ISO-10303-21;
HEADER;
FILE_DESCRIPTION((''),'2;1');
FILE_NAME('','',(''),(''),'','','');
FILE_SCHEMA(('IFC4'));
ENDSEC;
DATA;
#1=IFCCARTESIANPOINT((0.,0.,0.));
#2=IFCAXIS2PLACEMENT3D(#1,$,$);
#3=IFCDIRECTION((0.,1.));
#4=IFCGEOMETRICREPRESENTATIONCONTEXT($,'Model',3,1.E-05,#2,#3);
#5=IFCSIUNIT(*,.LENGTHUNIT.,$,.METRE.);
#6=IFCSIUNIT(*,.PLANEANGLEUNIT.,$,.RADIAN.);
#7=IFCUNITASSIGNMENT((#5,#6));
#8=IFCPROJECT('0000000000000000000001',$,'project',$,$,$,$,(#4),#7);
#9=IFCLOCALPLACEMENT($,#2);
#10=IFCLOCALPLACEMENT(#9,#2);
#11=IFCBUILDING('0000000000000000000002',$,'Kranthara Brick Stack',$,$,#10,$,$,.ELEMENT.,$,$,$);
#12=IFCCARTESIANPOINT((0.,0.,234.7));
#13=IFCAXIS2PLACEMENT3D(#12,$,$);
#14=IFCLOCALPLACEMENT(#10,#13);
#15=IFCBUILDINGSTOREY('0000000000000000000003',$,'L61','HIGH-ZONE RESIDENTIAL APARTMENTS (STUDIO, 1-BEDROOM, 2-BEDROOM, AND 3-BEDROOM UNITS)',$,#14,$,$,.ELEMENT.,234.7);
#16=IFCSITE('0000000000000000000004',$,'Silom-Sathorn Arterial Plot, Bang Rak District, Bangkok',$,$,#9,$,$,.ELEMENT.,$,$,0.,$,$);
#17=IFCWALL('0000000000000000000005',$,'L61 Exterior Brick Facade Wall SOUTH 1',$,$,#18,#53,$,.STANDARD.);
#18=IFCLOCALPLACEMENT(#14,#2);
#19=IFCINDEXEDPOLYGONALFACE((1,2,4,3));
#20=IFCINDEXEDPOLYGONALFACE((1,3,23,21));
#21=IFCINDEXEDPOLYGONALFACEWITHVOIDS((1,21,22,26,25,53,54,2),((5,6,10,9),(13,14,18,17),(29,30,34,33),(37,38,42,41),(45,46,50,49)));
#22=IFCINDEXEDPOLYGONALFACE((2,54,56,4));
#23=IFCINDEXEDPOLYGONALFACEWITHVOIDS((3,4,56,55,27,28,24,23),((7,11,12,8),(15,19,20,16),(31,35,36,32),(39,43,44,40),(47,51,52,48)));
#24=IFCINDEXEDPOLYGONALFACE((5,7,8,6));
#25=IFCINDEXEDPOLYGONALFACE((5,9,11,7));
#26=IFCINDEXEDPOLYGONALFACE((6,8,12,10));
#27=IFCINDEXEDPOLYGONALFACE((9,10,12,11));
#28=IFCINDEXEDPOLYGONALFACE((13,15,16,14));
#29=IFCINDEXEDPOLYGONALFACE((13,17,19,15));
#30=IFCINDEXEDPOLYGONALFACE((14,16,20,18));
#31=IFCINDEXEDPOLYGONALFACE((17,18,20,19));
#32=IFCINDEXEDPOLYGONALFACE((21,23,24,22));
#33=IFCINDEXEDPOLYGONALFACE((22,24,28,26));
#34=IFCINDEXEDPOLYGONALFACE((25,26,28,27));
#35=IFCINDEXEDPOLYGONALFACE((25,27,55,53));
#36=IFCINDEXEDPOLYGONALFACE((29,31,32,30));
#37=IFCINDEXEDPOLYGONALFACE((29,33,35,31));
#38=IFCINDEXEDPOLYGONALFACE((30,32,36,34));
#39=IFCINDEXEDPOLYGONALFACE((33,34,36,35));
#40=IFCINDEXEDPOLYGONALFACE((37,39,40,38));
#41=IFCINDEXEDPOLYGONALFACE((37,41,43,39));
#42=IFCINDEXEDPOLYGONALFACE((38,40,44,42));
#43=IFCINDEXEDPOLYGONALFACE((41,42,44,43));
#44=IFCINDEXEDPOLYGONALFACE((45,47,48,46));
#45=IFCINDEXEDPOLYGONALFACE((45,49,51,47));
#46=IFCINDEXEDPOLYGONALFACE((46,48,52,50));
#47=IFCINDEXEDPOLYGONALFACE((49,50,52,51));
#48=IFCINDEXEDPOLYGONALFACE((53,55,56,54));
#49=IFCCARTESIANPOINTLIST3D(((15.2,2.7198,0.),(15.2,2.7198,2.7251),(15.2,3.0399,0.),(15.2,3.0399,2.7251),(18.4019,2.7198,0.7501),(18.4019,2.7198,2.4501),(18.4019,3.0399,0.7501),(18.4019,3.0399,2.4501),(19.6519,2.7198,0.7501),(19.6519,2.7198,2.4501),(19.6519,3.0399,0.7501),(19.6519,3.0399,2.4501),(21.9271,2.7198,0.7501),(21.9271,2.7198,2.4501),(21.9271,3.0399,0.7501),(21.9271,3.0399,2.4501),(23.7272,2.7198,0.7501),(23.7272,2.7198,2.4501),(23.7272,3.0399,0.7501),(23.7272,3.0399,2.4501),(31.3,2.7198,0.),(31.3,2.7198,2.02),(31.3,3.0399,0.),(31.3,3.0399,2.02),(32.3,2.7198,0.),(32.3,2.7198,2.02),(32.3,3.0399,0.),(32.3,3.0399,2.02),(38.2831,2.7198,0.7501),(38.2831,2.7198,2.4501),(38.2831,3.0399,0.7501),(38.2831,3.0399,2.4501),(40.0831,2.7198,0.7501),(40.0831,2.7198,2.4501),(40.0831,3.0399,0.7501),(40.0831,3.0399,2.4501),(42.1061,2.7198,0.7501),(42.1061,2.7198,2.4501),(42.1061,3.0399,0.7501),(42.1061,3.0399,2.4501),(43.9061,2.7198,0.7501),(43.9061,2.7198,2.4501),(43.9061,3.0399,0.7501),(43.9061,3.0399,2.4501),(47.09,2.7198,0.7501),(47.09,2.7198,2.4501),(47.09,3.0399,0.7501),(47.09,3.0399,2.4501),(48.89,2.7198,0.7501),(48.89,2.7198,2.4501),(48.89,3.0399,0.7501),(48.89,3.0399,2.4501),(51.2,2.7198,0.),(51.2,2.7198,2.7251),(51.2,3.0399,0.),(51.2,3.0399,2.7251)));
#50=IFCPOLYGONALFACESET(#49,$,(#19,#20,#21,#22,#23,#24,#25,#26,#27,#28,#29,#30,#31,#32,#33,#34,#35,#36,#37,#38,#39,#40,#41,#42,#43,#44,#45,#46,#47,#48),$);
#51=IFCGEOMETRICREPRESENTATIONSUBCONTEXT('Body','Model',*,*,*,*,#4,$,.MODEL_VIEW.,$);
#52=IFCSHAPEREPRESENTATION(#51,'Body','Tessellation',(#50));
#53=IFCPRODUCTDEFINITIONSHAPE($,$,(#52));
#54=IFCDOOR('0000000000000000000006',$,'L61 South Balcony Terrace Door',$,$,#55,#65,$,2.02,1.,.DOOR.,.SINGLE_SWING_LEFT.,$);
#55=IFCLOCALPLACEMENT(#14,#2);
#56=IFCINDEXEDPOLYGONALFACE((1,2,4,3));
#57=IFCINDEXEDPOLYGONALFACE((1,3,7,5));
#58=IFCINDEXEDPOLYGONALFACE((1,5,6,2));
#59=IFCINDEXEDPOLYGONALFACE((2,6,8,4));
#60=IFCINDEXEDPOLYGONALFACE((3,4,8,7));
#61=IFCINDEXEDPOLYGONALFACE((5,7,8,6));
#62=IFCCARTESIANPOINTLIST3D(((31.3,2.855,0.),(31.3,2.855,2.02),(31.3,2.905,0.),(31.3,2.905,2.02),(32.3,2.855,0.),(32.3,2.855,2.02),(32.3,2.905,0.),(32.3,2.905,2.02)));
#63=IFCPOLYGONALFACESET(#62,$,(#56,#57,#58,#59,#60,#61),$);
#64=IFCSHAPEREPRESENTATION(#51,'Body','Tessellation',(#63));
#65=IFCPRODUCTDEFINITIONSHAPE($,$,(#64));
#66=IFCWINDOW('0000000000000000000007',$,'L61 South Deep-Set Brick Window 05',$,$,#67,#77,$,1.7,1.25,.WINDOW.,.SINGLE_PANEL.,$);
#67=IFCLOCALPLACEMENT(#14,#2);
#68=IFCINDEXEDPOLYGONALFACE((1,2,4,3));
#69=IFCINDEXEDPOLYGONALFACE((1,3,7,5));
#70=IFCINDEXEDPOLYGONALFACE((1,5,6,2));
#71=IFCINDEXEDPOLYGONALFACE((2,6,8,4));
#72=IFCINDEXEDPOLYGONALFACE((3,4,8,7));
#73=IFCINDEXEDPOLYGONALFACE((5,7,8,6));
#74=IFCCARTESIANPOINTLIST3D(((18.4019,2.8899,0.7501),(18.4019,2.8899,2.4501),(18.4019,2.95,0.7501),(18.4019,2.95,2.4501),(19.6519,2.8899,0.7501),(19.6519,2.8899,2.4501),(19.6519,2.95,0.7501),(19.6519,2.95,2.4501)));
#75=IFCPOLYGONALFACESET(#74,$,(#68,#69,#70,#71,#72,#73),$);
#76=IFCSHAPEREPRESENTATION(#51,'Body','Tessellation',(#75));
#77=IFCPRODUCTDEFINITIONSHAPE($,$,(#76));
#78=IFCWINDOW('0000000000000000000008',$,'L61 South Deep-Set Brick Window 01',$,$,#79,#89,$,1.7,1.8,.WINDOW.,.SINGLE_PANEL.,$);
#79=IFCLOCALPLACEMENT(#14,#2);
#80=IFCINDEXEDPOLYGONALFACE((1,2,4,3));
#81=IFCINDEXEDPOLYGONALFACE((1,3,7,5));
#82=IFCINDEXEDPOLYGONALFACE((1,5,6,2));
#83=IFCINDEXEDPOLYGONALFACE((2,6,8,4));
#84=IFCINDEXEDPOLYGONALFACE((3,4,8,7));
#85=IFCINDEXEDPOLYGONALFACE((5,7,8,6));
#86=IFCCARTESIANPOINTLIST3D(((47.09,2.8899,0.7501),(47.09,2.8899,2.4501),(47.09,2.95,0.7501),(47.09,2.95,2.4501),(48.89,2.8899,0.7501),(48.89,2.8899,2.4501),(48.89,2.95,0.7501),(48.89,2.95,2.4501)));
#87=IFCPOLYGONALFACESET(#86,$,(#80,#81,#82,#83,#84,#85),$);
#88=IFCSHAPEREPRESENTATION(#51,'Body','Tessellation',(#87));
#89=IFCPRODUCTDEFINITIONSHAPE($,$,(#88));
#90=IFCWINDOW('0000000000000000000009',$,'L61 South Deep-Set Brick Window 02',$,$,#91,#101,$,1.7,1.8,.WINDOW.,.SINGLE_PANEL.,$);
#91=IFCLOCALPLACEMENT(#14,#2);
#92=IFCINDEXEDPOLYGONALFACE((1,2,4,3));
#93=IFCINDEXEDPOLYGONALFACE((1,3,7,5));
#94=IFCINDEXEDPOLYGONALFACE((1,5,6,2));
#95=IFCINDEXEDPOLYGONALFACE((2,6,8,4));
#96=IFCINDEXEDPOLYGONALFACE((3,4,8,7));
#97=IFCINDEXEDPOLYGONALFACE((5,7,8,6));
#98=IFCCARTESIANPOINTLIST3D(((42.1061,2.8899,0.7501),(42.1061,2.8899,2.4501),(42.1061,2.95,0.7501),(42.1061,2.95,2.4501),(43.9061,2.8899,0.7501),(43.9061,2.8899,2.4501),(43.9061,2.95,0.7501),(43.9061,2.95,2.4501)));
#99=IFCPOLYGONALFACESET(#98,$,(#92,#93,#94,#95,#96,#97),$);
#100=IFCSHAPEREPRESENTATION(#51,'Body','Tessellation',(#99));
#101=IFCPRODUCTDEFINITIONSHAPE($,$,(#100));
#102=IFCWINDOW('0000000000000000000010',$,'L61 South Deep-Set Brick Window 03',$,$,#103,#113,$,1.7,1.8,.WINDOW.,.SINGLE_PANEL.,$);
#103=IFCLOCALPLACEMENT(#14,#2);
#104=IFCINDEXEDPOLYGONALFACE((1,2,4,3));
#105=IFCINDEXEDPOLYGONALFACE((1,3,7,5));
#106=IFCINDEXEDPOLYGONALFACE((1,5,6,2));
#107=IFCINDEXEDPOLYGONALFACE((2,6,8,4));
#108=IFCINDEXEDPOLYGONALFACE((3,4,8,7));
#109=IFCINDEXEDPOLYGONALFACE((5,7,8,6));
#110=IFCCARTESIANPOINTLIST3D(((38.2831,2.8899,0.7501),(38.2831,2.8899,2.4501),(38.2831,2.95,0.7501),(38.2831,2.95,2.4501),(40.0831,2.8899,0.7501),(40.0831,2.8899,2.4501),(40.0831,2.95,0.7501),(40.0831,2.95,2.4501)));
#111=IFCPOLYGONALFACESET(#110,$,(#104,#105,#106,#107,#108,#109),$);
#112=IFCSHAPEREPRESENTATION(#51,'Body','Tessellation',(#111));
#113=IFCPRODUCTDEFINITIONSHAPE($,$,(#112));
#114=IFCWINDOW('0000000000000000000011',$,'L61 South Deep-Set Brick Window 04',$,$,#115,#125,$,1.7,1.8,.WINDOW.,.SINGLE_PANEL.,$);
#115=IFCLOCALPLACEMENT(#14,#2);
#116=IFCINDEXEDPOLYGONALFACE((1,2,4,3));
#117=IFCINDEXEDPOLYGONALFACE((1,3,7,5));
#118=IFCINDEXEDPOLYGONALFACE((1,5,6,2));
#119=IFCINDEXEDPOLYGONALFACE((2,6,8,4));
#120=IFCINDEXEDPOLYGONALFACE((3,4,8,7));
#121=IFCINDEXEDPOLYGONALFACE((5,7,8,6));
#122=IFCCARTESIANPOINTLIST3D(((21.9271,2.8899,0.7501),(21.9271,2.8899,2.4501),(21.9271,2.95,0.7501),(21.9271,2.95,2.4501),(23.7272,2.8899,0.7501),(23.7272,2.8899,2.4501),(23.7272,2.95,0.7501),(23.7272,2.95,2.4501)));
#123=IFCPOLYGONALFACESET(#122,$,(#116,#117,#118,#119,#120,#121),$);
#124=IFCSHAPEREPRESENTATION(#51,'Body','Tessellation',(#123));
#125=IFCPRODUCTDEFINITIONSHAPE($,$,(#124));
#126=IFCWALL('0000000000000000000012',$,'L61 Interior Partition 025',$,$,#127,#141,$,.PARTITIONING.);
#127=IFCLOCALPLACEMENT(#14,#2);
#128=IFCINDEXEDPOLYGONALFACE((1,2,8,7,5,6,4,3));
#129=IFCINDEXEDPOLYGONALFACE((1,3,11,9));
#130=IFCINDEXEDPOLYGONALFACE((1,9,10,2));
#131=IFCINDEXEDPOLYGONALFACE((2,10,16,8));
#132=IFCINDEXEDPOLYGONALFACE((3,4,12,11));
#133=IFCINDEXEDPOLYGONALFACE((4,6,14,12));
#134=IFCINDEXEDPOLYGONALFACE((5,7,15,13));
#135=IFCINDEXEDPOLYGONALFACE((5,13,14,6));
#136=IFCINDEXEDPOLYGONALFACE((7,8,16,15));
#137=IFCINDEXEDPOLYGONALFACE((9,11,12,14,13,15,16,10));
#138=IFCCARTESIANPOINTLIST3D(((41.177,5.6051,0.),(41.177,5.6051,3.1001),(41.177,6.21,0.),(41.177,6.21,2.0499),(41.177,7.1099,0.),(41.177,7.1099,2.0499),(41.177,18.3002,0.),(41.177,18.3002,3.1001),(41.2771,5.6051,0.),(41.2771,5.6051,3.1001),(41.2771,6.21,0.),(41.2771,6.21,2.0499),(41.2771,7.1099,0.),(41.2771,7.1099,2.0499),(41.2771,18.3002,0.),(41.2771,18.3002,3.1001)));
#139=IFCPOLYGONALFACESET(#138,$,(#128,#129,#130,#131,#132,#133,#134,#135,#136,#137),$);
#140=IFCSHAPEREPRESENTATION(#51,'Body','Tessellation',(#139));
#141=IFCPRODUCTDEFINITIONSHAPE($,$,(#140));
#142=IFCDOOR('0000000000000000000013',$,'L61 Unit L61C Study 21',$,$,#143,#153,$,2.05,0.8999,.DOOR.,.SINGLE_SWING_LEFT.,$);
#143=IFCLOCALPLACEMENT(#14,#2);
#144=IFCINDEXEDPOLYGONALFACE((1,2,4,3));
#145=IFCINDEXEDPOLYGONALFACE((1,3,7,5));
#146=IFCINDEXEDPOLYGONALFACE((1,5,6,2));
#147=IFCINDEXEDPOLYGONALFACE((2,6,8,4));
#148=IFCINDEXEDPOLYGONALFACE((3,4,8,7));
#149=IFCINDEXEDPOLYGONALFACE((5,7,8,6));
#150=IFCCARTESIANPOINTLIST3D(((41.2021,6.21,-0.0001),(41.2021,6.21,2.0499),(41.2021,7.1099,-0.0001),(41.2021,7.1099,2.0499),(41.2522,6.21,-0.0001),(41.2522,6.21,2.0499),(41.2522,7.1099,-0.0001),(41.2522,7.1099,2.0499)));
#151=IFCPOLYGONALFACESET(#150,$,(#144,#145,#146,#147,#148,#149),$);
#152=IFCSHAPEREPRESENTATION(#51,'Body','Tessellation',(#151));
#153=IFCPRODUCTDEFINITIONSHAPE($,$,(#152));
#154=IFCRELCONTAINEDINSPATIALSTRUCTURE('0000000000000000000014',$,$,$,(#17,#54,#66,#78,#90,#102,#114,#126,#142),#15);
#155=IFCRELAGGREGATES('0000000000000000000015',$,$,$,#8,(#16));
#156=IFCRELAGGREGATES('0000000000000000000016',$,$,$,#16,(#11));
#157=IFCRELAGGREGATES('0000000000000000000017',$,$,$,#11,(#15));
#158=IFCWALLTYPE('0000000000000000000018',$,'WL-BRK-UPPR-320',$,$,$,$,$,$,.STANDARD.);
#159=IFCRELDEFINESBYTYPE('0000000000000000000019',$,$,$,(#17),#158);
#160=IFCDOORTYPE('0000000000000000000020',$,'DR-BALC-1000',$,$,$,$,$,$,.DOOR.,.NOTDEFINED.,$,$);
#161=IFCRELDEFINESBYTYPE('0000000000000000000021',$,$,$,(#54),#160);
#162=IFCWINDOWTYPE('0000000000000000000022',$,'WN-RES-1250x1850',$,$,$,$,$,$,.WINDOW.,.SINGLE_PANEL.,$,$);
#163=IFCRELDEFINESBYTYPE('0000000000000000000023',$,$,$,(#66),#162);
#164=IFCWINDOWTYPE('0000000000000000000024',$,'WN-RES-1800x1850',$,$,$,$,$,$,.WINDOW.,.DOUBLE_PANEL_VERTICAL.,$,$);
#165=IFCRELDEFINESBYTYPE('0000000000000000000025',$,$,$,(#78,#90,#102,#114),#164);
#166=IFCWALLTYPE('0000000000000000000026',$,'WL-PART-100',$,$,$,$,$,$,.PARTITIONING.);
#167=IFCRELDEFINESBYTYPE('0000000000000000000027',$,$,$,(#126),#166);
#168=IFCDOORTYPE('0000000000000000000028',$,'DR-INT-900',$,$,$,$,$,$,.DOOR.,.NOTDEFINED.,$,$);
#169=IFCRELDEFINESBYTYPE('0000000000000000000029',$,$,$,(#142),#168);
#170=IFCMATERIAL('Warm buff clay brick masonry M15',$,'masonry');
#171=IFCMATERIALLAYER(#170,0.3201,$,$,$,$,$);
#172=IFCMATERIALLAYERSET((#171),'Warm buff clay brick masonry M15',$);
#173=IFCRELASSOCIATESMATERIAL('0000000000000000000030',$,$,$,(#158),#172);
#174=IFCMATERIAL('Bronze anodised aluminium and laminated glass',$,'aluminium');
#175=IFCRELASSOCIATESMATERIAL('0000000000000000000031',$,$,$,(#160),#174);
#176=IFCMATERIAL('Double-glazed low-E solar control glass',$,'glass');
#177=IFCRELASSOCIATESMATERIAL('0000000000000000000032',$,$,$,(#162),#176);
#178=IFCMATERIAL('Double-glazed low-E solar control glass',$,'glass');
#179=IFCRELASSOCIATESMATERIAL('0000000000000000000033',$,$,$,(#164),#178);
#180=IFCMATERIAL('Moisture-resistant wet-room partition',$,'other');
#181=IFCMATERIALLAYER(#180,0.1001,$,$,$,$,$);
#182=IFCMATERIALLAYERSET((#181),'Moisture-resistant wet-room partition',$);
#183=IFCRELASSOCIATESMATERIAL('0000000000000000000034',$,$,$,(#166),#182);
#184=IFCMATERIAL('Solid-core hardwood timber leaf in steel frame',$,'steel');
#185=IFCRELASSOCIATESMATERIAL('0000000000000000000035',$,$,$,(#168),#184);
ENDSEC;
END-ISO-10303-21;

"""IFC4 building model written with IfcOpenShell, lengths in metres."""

from ifc_helpers import new_model, si_unit, direction, frame, frame_2d, origin, place, context, subcontext, project, spatial, rectangle, extrude, material, layer, layer_set, type_object, element, fill, save


model = new_model("IFC4")

# Units and contexts
model_context = context("Model", 3, precision=1e-05, world=origin(), true_north=direction((0.0, 1.0)))
body_context = subcontext(model_context, "Body", "Model", "MODEL_VIEW")
ifc_project = project(units=[si_unit("LENGTHUNIT", "METRE"), si_unit("PLANEANGLEUNIT", "RADIAN")], contexts=[model_context])

# Site, building, storey
site_placement = place(None, origin())
site = spatial("IfcSite", under=ifc_project, at=site_placement, Name="Silom-Sathorn Arterial Plot, Bang Rak District, Bangkok", CompositionType="ELEMENT", RefElevation=0.0)
building_placement = place(site_placement, origin())
building = spatial("IfcBuilding", under=site, at=building_placement, Name="Kranthara Brick Stack", CompositionType="ELEMENT")
storey_placement = place(building_placement, frame((0.0, 0.0, 234.7)))
storey = spatial("IfcBuildingStorey", under=building, at=storey_placement, Name="L61", Description="HIGH-ZONE RESIDENTIAL APARTMENTS (STUDIO, 1-BEDROOM, 2-BEDROOM, AND 3-BEDROOM UNITS)", CompositionType="ELEMENT", Elevation=234.7)

# Wall, openings, door, windows
ifc_material_1 = material(Name="Warm buff clay brick masonry M15", Category="masonry")
ifc_layer_1 = layer(ifc_material_1, 0.3201)
ifc_layer_set_1 = layer_set([ifc_layer_1], Name="Warm buff clay brick masonry M15")
wall_type_1 = type_object("IfcWallType", Name="WL-BRK-UPPR-320", PredefinedType="STANDARD", material=ifc_layer_set_1)
wall_1_placement = place(storey_placement, frame((51.2, 2.8799, 0.0), z_axis=(0.0, 0.0, 1.0), x_axis=(-1.0, 0.0, 0.0)))
wall_1 = element("IfcWall", 1, at=wall_1_placement, inside=storey, type_object=wall_type_1, Name="L61 Exterior Brick Facade Wall SOUTH 1", PredefinedType="STANDARD", context=body_context, shape_type="SweptSolid", body=[
    extrude(rectangle(XDim=36.0, YDim=0.3201, at=frame_2d((18.0, 0.0))), origin(), (0.0, 0.0, 1.0), 2.7251),
])
opening_1_placement = place(wall_1_placement, frame((18.8999, 0.0, 0.0)))
opening_1 = element("IfcOpeningElement", 2, at=opening_1_placement, cuts=wall_1, PredefinedType="OPENING", context=body_context, shape_type="SweptSolid", body=[
    extrude(rectangle(XDim=1.0, YDim=2.02, at=frame_2d((0.5, 1.01))), frame((0.0, 0.1699, 0.0), z_axis=(0.0, -1.0, 0.0), x_axis=(1.0, 0.0, 0.0)), (0.0, 0.0, 1.0), 0.3401),
])
opening_2_placement = place(wall_1_placement, frame((2.3101, 0.0, 0.75)))
opening_2 = element("IfcOpeningElement", 3, at=opening_2_placement, cuts=wall_1, PredefinedType="OPENING", context=body_context, shape_type="SweptSolid", body=[
    extrude(rectangle(XDim=1.8, YDim=1.7, at=frame_2d((0.8999, 0.8501))), frame((0.0, 0.1699, 0.0), z_axis=(0.0, -1.0, 0.0), x_axis=(1.0, 0.0, 0.0)), (0.0, 0.0, 1.0), 0.3401),
])
opening_3_placement = place(wall_1_placement, frame((7.2939, 0.0, 0.75)))
opening_3 = element("IfcOpeningElement", 4, at=opening_3_placement, cuts=wall_1, PredefinedType="OPENING", context=body_context, shape_type="SweptSolid", body=[
    extrude(rectangle(XDim=1.8, YDim=1.7, at=frame_2d((0.8999, 0.8501))), frame((0.0, 0.1699, 0.0), z_axis=(0.0, -1.0, 0.0), x_axis=(1.0, 0.0, 0.0)), (0.0, 0.0, 1.0), 0.3401),
])
opening_4_placement = place(wall_1_placement, frame((11.1169, 0.0, 0.75)))
opening_4 = element("IfcOpeningElement", 5, at=opening_4_placement, cuts=wall_1, PredefinedType="OPENING", context=body_context, shape_type="SweptSolid", body=[
    extrude(rectangle(XDim=1.8, YDim=1.7, at=frame_2d((0.8999, 0.8501))), frame((0.0, 0.1699, 0.0), z_axis=(0.0, -1.0, 0.0), x_axis=(1.0, 0.0, 0.0)), (0.0, 0.0, 1.0), 0.3401),
])
opening_5_placement = place(wall_1_placement, frame((27.4729, 0.0, 0.75)))
opening_5 = element("IfcOpeningElement", 6, at=opening_5_placement, cuts=wall_1, PredefinedType="OPENING", context=body_context, shape_type="SweptSolid", body=[
    extrude(rectangle(XDim=1.8, YDim=1.7, at=frame_2d((0.8999, 0.8501))), frame((0.0, 0.1699, 0.0), z_axis=(0.0, -1.0, 0.0), x_axis=(1.0, 0.0, 0.0)), (0.0, 0.0, 1.0), 0.3401),
])
opening_6_placement = place(wall_1_placement, frame((31.5481, 0.0, 0.75)))
opening_6 = element("IfcOpeningElement", 7, at=opening_6_placement, cuts=wall_1, PredefinedType="OPENING", context=body_context, shape_type="SweptSolid", body=[
    extrude(rectangle(XDim=1.25, YDim=1.7, at=frame_2d((0.625, 0.8501))), frame((0.0, 0.1699, 0.0), z_axis=(0.0, -1.0, 0.0), x_axis=(1.0, 0.0, 0.0)), (0.0, 0.0, 1.0), 0.3401),
])
ifc_material_2 = material(Name="Bronze anodised aluminium and laminated glass", Category="aluminium")
door_type_1 = type_object("IfcDoorType", Name="DR-BALC-1000", OperationType="NOTDEFINED", PredefinedType="DOOR", material=ifc_material_2)
door_1_placement = place(opening_1_placement, origin())
door_1 = element("IfcDoor", 8, at=door_1_placement, inside=storey, type_object=door_type_1, Name="L61 South Balcony Terrace Door", OperationType="SINGLE_SWING_LEFT", OverallHeight=2.02, OverallWidth=1.0, PredefinedType="DOOR", context=body_context, shape_type="SweptSolid", body=[
    extrude(rectangle(XDim=1.0, YDim=2.02, at=frame_2d((0.5, 1.01))), frame((0.0, 0.0249, 0.0), z_axis=(0.0, -1.0, 0.0), x_axis=(1.0, 0.0, 0.0)), (0.0, 0.0, 1.0), 0.05),
])
fill(opening_1, door_1)
ifc_material_3 = material(Name="Double-glazed low-E solar control glass", Category="glass")
window_type_1 = type_object("IfcWindowType", Name="WN-RES-1250x1850", PartitioningType="SINGLE_PANEL", PredefinedType="WINDOW", material=ifc_material_3)
window_1_placement = place(opening_6_placement, origin())
window_1 = element("IfcWindow", 9, at=window_1_placement, inside=storey, type_object=window_type_1, Name="L61 South Deep-Set Brick Window 05", OverallHeight=1.7, OverallWidth=1.25, PartitioningType="SINGLE_PANEL", PredefinedType="WINDOW", context=body_context, shape_type="SweptSolid", body=[
    extrude(rectangle(XDim=1.25, YDim=1.7, at=frame_2d((0.625, 0.8501))), frame((0.0, -0.01, 0.0), z_axis=(0.0, -1.0, 0.0), x_axis=(1.0, 0.0, 0.0)), (0.0, 0.0, 1.0), 0.0601),
])
fill(opening_6, window_1)
ifc_material_4 = material(Name="Double-glazed low-E solar control glass", Category="glass")
window_type_2 = type_object("IfcWindowType", Name="WN-RES-1800x1850", PartitioningType="DOUBLE_PANEL_VERTICAL", PredefinedType="WINDOW", material=ifc_material_4)
window_2_placement = place(opening_2_placement, origin())
window_2 = element("IfcWindow", 10, at=window_2_placement, inside=storey, type_object=window_type_2, Name="L61 South Deep-Set Brick Window 01", OverallHeight=1.7, OverallWidth=1.8, PartitioningType="SINGLE_PANEL", PredefinedType="WINDOW", context=body_context, shape_type="SweptSolid", body=[
    extrude(rectangle(XDim=1.8, YDim=1.7, at=frame_2d((0.8999, 0.8501))), frame((0.0, -0.01, 0.0), z_axis=(0.0, -1.0, 0.0), x_axis=(1.0, 0.0, 0.0)), (0.0, 0.0, 1.0), 0.0601),
])
fill(opening_2, window_2)
window_3_placement = place(opening_3_placement, origin())
window_3 = element("IfcWindow", 11, at=window_3_placement, inside=storey, type_object=window_type_2, Name="L61 South Deep-Set Brick Window 02", OverallHeight=1.7, OverallWidth=1.8, PartitioningType="SINGLE_PANEL", PredefinedType="WINDOW", context=body_context, shape_type="SweptSolid", body=[
    extrude(rectangle(XDim=1.8, YDim=1.7, at=frame_2d((0.8999, 0.8501))), frame((0.0, -0.01, 0.0), z_axis=(0.0, -1.0, 0.0), x_axis=(1.0, 0.0, 0.0)), (0.0, 0.0, 1.0), 0.0601),
])
fill(opening_3, window_3)
window_4_placement = place(opening_4_placement, origin())
window_4 = element("IfcWindow", 12, at=window_4_placement, inside=storey, type_object=window_type_2, Name="L61 South Deep-Set Brick Window 03", OverallHeight=1.7, OverallWidth=1.8, PartitioningType="SINGLE_PANEL", PredefinedType="WINDOW", context=body_context, shape_type="SweptSolid", body=[
    extrude(rectangle(XDim=1.8, YDim=1.7, at=frame_2d((0.8999, 0.8501))), frame((0.0, -0.01, 0.0), z_axis=(0.0, -1.0, 0.0), x_axis=(1.0, 0.0, 0.0)), (0.0, 0.0, 1.0), 0.0601),
])
fill(opening_4, window_4)
window_5_placement = place(opening_5_placement, origin())
window_5 = element("IfcWindow", 13, at=window_5_placement, inside=storey, type_object=window_type_2, Name="L61 South Deep-Set Brick Window 04", OverallHeight=1.7, OverallWidth=1.8, PartitioningType="SINGLE_PANEL", PredefinedType="WINDOW", context=body_context, shape_type="SweptSolid", body=[
    extrude(rectangle(XDim=1.8, YDim=1.7, at=frame_2d((0.8999, 0.8501))), frame((0.0, -0.01, 0.0), z_axis=(0.0, -1.0, 0.0), x_axis=(1.0, 0.0, 0.0)), (0.0, 0.0, 1.0), 0.0601),
])
fill(opening_5, window_5)

# Wall, opening, door
ifc_material_5 = material(Name="Moisture-resistant wet-room partition", Category="other")
ifc_layer_2 = layer(ifc_material_5, 0.1001)
ifc_layer_set_2 = layer_set([ifc_layer_2], Name="Moisture-resistant wet-room partition")
wall_type_2 = type_object("IfcWallType", Name="WL-PART-100", PredefinedType="PARTITIONING", material=ifc_layer_set_2)
wall_2_placement = place(storey_placement, frame((41.2271, 5.605, 0.0), z_axis=(0.0, 0.0, 1.0), x_axis=(0.0, 1.0, 0.0)))
wall_2 = element("IfcWall", 14, at=wall_2_placement, inside=storey, type_object=wall_type_2, Name="L61 Interior Partition 025", PredefinedType="PARTITIONING", context=body_context, shape_type="SweptSolid", body=[
    extrude(rectangle(XDim=12.6951, YDim=0.1001, at=frame_2d((6.3477, 0.0))), origin(), (0.0, 0.0, 1.0), 3.1001),
])
opening_7_placement = place(wall_2_placement, frame((0.605, 0.0, 0.0)))
opening_7 = element("IfcOpeningElement", 15, at=opening_7_placement, cuts=wall_2, PredefinedType="OPENING", context=body_context, shape_type="SweptSolid", body=[
    extrude(rectangle(XDim=0.8999, YDim=2.05, at=frame_2d((0.45, 1.0249))), frame((0.0, 0.0601, 0.0), z_axis=(0.0, -1.0, 0.0), x_axis=(1.0, 0.0, 0.0)), (0.0, 0.0, 1.0), 0.1201),
])
ifc_material_6 = material(Name="Solid-core hardwood timber leaf in steel frame", Category="steel")
door_type_2 = type_object("IfcDoorType", Name="DR-INT-900", OperationType="NOTDEFINED", PredefinedType="DOOR", material=ifc_material_6)
door_2_placement = place(opening_7_placement, origin())
door_2 = element("IfcDoor", 16, at=door_2_placement, inside=storey, type_object=door_type_2, Name="L61 Unit L61C Study 21", OperationType="SINGLE_SWING_LEFT", OverallHeight=2.05, OverallWidth=0.8999, PredefinedType="DOOR", context=body_context, shape_type="SweptSolid", body=[
    extrude(rectangle(XDim=0.8999, YDim=2.05, at=frame_2d((0.45, 1.0249))), frame((0.0, 0.0249, 0.0), z_axis=(0.0, -1.0, 0.0), x_axis=(1.0, 0.0, 0.0)), (0.0, 0.0, 1.0), 0.05),
])
fill(opening_7, door_2)

save(model, "model.ifc")
